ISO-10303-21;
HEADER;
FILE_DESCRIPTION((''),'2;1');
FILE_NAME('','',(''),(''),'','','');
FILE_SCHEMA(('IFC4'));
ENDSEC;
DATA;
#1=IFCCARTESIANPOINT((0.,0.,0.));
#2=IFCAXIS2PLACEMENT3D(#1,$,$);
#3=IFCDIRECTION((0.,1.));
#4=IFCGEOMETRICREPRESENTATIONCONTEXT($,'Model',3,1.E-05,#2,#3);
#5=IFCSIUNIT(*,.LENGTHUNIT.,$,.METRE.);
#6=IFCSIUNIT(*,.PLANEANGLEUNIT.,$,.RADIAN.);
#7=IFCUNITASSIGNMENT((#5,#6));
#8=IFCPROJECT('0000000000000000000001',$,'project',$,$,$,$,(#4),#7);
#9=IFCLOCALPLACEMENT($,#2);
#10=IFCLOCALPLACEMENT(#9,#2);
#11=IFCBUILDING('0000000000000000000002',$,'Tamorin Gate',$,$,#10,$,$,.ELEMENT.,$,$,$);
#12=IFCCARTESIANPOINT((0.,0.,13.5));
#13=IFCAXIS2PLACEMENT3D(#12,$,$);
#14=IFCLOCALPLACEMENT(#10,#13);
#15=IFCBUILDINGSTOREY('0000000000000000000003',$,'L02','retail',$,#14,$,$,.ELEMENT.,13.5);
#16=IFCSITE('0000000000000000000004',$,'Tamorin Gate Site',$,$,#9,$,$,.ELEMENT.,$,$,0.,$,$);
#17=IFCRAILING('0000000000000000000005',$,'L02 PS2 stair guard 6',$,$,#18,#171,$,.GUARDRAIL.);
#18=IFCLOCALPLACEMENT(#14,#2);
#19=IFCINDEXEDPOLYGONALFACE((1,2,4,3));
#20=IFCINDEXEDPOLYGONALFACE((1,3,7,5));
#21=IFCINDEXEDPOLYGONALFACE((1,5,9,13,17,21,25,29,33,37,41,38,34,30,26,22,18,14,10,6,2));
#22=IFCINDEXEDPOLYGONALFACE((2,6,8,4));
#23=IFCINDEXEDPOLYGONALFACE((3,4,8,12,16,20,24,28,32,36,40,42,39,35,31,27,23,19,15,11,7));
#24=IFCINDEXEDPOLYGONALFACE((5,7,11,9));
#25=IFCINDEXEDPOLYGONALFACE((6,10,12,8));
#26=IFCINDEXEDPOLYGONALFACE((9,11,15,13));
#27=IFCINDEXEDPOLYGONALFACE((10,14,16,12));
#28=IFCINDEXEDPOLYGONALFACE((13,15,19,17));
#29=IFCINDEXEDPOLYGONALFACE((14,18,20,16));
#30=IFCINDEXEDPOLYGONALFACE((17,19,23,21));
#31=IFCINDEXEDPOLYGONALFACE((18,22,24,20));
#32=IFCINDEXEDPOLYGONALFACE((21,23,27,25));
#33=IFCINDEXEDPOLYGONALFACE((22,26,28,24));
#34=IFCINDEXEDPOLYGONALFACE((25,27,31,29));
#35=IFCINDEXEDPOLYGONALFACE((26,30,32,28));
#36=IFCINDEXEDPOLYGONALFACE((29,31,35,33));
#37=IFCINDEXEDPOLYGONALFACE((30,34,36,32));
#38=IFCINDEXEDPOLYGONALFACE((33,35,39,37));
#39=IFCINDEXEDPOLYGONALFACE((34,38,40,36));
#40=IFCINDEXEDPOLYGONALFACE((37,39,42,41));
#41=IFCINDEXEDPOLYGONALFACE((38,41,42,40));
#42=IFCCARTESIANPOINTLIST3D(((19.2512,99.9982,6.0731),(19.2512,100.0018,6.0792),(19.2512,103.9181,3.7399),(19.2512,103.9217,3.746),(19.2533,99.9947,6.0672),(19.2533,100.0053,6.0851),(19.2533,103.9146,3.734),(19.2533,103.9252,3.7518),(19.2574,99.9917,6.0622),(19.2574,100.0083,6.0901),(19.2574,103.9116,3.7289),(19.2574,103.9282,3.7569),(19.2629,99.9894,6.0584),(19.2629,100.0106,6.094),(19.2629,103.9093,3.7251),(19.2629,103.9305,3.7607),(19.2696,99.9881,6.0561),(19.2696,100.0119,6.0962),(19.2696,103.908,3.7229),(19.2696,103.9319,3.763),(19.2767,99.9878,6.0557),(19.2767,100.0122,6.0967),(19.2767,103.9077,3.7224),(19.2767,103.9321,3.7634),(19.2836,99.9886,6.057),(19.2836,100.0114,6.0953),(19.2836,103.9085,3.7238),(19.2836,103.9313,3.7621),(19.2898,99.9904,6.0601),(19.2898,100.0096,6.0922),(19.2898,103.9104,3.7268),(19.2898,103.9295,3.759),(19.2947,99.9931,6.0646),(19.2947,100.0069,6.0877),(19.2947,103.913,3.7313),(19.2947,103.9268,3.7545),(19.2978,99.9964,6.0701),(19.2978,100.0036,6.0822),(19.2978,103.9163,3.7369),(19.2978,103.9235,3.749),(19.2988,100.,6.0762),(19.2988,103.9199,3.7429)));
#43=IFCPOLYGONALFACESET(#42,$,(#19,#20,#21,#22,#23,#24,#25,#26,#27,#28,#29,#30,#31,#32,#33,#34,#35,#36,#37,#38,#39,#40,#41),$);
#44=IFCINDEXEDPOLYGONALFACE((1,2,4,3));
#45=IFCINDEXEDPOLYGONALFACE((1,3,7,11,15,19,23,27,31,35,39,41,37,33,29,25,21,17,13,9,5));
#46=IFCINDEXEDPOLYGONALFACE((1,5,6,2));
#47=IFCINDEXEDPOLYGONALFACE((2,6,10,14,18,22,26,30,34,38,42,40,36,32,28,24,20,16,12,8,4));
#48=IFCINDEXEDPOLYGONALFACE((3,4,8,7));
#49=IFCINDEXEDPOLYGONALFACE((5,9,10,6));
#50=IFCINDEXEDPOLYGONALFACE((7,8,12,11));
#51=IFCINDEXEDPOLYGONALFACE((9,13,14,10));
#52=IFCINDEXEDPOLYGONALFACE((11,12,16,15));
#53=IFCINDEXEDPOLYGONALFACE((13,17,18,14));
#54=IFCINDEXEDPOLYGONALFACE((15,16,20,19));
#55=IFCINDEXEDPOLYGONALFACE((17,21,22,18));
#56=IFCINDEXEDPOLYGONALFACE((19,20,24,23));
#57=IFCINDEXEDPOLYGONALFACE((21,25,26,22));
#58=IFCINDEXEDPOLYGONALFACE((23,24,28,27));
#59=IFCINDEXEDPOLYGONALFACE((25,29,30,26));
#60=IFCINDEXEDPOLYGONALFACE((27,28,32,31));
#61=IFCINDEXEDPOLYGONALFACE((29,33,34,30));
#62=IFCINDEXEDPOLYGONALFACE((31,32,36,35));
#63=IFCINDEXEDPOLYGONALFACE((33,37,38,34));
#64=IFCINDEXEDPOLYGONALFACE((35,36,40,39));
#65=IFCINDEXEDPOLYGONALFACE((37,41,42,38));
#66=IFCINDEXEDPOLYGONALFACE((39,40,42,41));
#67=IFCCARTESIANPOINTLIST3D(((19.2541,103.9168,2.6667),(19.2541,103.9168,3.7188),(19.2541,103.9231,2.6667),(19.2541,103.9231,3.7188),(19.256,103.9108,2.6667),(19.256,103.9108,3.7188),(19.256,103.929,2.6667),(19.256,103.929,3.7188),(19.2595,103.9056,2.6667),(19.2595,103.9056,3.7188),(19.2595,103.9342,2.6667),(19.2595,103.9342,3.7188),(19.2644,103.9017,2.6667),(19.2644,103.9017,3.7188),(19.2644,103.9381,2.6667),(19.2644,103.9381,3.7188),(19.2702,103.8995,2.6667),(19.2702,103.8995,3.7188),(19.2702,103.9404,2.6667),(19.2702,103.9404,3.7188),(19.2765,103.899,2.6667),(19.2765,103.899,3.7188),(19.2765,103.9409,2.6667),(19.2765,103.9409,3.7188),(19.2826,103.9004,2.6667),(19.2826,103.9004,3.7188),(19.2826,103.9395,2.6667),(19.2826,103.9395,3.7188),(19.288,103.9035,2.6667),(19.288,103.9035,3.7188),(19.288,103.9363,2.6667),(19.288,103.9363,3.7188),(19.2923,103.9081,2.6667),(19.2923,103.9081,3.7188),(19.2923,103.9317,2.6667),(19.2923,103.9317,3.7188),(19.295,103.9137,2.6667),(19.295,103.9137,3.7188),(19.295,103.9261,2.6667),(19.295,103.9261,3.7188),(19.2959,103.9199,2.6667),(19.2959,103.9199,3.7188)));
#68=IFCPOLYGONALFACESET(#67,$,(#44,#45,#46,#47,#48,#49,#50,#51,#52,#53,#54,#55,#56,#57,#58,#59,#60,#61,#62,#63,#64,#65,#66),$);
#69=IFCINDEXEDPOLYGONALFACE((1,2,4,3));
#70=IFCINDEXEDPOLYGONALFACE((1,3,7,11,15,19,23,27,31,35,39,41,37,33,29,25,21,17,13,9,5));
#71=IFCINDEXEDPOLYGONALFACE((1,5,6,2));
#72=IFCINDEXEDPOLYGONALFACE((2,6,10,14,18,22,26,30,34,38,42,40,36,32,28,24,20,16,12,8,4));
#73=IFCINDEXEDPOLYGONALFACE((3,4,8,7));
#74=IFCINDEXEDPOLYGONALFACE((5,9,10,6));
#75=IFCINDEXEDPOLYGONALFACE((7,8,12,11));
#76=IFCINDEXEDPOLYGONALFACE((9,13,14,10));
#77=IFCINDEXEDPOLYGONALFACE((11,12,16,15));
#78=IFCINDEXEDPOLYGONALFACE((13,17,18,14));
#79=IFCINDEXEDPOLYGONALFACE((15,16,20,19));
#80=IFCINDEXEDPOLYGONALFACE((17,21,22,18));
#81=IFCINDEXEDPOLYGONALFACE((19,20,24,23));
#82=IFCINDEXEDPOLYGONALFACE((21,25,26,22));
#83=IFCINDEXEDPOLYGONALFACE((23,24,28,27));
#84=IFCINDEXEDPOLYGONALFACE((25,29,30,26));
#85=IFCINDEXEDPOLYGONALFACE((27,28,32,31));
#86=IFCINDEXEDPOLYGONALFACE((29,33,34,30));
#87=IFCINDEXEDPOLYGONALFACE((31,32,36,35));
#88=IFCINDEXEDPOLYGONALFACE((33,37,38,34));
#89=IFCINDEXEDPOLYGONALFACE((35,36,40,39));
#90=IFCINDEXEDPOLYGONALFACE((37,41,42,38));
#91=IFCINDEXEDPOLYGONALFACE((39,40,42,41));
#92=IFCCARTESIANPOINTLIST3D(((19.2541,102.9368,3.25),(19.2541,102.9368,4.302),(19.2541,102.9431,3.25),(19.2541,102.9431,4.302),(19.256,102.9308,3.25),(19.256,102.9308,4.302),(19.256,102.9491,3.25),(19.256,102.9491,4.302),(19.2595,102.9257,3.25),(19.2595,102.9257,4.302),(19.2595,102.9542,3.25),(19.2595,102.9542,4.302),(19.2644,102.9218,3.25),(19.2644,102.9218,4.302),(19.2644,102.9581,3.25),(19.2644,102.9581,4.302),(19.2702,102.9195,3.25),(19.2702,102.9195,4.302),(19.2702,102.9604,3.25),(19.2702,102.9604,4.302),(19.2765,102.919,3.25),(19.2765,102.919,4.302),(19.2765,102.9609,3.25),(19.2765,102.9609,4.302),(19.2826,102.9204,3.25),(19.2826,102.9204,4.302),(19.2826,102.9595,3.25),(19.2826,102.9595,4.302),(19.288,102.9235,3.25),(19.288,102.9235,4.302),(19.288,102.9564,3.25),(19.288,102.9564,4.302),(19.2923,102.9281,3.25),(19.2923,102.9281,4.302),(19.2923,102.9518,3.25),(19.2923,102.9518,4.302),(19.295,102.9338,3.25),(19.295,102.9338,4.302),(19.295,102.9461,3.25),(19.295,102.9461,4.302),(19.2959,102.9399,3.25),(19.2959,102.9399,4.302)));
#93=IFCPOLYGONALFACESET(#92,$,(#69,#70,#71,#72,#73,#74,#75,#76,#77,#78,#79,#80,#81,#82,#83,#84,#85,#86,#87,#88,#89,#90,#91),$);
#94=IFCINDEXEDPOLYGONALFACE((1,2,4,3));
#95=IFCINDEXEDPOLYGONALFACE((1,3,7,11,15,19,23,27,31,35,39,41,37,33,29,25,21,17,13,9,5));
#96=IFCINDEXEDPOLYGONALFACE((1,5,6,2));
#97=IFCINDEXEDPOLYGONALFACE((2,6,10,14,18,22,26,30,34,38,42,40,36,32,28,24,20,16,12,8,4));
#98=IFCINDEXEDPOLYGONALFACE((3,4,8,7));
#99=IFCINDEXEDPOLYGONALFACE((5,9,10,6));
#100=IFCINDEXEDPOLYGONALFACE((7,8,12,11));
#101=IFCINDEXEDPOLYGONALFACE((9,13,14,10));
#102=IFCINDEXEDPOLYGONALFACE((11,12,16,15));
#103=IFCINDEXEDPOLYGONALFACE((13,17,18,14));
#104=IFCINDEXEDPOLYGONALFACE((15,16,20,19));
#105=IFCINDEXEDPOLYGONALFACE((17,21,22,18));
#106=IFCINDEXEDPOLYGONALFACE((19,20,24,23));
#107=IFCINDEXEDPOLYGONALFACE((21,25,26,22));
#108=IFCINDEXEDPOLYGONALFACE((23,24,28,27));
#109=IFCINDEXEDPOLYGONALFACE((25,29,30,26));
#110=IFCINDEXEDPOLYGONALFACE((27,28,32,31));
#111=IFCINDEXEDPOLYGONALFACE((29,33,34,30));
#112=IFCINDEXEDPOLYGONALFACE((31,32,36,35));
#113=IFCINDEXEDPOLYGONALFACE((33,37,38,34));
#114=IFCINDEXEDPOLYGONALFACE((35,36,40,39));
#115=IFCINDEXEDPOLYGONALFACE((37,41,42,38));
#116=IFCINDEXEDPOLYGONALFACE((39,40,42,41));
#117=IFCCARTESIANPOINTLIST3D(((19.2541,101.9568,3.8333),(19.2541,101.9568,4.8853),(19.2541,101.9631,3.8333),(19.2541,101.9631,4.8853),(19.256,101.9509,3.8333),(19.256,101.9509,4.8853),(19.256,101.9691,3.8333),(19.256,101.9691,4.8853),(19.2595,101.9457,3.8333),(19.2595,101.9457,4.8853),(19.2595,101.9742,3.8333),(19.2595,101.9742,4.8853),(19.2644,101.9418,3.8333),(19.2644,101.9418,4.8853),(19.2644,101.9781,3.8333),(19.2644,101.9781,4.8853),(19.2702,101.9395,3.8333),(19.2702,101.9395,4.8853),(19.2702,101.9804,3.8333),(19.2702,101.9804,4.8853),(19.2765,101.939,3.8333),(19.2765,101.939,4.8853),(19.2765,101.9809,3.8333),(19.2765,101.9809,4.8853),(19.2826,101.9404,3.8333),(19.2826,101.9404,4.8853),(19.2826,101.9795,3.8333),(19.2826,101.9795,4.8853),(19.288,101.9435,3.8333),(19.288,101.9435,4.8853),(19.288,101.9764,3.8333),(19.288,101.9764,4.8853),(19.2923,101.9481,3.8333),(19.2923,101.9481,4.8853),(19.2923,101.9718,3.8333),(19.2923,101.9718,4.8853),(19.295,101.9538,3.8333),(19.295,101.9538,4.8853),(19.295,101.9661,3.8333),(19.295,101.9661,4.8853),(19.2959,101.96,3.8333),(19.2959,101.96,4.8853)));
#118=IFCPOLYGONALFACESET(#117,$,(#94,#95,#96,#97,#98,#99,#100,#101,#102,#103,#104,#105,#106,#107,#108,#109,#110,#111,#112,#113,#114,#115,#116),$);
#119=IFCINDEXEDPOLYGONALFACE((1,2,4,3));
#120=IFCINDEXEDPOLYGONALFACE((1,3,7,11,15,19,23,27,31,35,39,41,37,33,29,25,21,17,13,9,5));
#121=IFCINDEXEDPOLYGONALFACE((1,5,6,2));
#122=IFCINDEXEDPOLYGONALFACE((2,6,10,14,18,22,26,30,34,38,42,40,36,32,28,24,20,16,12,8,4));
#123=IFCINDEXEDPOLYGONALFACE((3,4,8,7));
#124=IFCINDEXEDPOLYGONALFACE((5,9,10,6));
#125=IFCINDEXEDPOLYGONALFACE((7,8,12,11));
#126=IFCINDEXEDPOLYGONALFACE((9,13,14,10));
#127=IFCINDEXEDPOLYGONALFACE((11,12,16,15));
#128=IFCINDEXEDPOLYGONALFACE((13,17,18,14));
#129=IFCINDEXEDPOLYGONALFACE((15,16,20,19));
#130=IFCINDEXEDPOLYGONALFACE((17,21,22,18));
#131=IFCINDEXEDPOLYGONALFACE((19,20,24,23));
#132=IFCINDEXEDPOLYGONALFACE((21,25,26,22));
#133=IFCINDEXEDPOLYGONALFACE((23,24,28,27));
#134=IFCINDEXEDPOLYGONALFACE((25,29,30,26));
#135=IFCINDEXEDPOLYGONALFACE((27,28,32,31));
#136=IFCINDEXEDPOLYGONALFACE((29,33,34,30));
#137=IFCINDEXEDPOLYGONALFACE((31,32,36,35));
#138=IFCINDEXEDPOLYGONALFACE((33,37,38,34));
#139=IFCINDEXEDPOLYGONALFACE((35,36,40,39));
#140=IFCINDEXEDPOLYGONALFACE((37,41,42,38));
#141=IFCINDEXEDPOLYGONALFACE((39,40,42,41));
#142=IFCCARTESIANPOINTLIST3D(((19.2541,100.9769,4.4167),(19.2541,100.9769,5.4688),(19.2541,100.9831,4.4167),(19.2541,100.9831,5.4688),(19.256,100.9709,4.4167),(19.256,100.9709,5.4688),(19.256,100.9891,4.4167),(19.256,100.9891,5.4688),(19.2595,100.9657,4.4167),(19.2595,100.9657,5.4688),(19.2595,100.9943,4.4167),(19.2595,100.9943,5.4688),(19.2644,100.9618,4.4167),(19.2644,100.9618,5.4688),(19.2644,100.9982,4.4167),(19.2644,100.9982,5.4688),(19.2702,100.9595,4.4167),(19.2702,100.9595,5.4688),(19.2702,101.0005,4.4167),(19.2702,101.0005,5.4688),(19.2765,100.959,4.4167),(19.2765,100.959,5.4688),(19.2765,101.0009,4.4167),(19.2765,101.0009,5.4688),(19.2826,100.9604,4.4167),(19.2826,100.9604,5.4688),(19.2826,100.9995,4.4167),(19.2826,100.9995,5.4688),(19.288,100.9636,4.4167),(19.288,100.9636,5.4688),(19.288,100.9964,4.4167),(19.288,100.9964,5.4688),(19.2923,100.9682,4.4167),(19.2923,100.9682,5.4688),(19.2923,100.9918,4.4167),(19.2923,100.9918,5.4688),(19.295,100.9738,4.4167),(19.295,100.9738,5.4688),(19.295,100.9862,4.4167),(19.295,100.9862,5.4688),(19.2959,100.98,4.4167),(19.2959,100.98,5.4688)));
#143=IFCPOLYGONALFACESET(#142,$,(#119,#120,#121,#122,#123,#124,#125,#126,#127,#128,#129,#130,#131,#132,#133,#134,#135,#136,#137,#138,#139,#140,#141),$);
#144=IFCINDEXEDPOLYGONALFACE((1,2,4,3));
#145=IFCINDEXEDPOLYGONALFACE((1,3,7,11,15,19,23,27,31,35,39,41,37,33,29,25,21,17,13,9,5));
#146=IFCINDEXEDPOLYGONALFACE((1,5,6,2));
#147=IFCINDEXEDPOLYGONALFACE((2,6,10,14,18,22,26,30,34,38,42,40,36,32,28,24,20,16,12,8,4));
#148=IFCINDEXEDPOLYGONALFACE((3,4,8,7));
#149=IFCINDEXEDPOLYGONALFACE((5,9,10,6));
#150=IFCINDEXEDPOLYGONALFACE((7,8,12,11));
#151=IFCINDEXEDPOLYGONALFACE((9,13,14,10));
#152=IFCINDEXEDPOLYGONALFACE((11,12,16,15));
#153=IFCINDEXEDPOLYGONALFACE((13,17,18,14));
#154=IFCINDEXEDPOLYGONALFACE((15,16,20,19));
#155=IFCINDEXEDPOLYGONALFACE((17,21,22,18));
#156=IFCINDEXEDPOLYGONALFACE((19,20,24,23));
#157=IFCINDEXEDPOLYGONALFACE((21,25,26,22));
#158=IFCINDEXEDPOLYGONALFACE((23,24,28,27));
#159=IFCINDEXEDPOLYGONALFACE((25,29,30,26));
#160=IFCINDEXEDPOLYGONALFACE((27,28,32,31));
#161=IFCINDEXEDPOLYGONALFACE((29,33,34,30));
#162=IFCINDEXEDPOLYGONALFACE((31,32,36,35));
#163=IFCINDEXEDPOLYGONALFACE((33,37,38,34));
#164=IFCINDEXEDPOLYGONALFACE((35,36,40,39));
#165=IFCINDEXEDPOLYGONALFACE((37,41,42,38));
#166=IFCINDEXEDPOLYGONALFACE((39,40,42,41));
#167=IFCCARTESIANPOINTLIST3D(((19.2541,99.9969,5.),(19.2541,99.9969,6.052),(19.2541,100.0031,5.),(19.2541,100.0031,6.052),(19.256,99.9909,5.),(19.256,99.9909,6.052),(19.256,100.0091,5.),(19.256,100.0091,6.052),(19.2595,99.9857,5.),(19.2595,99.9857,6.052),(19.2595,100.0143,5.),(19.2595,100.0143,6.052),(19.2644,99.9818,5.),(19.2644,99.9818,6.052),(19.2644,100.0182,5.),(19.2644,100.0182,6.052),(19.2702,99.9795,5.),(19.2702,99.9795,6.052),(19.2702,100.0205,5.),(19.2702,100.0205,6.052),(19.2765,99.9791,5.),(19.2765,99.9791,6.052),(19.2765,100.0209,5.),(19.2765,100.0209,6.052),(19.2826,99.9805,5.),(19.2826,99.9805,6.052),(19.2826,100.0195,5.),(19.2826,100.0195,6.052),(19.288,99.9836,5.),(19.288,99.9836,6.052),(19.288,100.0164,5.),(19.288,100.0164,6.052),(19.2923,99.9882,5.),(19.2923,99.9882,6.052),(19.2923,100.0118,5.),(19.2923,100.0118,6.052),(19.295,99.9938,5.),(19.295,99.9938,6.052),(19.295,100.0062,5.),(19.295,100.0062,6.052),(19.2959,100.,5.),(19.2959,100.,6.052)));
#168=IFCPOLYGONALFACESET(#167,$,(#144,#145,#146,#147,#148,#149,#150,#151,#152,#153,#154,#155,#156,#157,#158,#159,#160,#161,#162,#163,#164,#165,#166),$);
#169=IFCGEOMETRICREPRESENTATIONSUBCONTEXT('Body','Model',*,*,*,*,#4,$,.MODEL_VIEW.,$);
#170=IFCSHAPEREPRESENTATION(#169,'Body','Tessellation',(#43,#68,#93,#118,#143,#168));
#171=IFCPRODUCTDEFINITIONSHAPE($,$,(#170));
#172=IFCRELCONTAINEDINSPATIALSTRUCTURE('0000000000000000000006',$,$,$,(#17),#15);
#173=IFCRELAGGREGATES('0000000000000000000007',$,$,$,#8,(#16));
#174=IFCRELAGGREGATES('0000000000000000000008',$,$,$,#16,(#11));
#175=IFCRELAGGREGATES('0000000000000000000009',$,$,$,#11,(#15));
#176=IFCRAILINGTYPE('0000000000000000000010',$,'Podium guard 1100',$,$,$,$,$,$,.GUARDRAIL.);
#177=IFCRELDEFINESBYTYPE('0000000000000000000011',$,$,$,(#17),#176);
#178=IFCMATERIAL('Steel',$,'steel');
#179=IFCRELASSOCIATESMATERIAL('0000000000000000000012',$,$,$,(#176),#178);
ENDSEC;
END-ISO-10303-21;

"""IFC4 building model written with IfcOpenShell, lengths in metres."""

from ifc_helpers import new_model, si_unit, direction, frame, origin, origin_2d, place, context, subcontext, project, spatial, circle, extrude, material, type_object, element, save


model = new_model("IFC4")

# Units and contexts
model_context = context("Model", 3, precision=1e-05, world=origin(), true_north=direction((0.0, 1.0)))
body_context = subcontext(model_context, "Body", "Model", "MODEL_VIEW")
ifc_project = project(units=[si_unit("LENGTHUNIT", "METRE"), si_unit("PLANEANGLEUNIT", "RADIAN")], contexts=[model_context])

# Site, building, storey
site_placement = place(None, origin())
site = spatial("IfcSite", under=ifc_project, at=site_placement, Name="Tamorin Gate Site", CompositionType="ELEMENT", RefElevation=0.0)
building_placement = place(site_placement, origin())
building = spatial("IfcBuilding", under=site, at=building_placement, Name="Tamorin Gate", CompositionType="ELEMENT")
storey_placement = place(building_placement, frame((0.0, 0.0, 13.5)))
storey = spatial("IfcBuildingStorey", under=building, at=storey_placement, Name="L02", Description="retail", CompositionType="ELEMENT", Elevation=13.5)

# Railing
ifc_material_1 = material(Name="Steel", Category="steel")
railing_type = type_object("IfcRailingType", Name="Podium guard 1100", PredefinedType="GUARDRAIL", material=ifc_material_1)
railing_1_placement = place(storey_placement, frame((19.2749, 103.9199, 2.6667)))
element("IfcRailing", 1, at=railing_1_placement, inside=storey, type_object=railing_type, Name="L02 PS2 stair guard 6", PredefinedType="GUARDRAIL", context=body_context, shape_type="SweptSolid", body=[
    extrude(circle(Radius=0.0239, at=origin_2d()), frame((0.0, 0.0, 1.0762), z_axis=(0.0, -0.859296, 0.511478), x_axis=(1.0, 0.0, 0.0)), (0.0, 0.0, 1.0), 4.5618),
    extrude(circle(Radius=0.021, at=origin_2d()), origin(), (0.0, 0.0, 1.0), 1.052),
    extrude(circle(Radius=0.021, at=origin_2d()), frame((0.0, -0.98, 0.5833)), (0.0, 0.0, 1.0), 1.052),
    extrude(circle(Radius=0.021, at=origin_2d()), frame((0.0, -1.96, 1.1665)), (0.0, 0.0, 1.0), 1.052),
    extrude(circle(Radius=0.021, at=origin_2d()), frame((0.0, -2.9399, 1.75)), (0.0, 0.0, 1.0), 1.052),
    extrude(circle(Radius=0.021, at=origin_2d()), frame((0.0, -3.9199, 2.3333)), (0.0, 0.0, 1.0), 1.052),
])

save(model, "model.ifc")
